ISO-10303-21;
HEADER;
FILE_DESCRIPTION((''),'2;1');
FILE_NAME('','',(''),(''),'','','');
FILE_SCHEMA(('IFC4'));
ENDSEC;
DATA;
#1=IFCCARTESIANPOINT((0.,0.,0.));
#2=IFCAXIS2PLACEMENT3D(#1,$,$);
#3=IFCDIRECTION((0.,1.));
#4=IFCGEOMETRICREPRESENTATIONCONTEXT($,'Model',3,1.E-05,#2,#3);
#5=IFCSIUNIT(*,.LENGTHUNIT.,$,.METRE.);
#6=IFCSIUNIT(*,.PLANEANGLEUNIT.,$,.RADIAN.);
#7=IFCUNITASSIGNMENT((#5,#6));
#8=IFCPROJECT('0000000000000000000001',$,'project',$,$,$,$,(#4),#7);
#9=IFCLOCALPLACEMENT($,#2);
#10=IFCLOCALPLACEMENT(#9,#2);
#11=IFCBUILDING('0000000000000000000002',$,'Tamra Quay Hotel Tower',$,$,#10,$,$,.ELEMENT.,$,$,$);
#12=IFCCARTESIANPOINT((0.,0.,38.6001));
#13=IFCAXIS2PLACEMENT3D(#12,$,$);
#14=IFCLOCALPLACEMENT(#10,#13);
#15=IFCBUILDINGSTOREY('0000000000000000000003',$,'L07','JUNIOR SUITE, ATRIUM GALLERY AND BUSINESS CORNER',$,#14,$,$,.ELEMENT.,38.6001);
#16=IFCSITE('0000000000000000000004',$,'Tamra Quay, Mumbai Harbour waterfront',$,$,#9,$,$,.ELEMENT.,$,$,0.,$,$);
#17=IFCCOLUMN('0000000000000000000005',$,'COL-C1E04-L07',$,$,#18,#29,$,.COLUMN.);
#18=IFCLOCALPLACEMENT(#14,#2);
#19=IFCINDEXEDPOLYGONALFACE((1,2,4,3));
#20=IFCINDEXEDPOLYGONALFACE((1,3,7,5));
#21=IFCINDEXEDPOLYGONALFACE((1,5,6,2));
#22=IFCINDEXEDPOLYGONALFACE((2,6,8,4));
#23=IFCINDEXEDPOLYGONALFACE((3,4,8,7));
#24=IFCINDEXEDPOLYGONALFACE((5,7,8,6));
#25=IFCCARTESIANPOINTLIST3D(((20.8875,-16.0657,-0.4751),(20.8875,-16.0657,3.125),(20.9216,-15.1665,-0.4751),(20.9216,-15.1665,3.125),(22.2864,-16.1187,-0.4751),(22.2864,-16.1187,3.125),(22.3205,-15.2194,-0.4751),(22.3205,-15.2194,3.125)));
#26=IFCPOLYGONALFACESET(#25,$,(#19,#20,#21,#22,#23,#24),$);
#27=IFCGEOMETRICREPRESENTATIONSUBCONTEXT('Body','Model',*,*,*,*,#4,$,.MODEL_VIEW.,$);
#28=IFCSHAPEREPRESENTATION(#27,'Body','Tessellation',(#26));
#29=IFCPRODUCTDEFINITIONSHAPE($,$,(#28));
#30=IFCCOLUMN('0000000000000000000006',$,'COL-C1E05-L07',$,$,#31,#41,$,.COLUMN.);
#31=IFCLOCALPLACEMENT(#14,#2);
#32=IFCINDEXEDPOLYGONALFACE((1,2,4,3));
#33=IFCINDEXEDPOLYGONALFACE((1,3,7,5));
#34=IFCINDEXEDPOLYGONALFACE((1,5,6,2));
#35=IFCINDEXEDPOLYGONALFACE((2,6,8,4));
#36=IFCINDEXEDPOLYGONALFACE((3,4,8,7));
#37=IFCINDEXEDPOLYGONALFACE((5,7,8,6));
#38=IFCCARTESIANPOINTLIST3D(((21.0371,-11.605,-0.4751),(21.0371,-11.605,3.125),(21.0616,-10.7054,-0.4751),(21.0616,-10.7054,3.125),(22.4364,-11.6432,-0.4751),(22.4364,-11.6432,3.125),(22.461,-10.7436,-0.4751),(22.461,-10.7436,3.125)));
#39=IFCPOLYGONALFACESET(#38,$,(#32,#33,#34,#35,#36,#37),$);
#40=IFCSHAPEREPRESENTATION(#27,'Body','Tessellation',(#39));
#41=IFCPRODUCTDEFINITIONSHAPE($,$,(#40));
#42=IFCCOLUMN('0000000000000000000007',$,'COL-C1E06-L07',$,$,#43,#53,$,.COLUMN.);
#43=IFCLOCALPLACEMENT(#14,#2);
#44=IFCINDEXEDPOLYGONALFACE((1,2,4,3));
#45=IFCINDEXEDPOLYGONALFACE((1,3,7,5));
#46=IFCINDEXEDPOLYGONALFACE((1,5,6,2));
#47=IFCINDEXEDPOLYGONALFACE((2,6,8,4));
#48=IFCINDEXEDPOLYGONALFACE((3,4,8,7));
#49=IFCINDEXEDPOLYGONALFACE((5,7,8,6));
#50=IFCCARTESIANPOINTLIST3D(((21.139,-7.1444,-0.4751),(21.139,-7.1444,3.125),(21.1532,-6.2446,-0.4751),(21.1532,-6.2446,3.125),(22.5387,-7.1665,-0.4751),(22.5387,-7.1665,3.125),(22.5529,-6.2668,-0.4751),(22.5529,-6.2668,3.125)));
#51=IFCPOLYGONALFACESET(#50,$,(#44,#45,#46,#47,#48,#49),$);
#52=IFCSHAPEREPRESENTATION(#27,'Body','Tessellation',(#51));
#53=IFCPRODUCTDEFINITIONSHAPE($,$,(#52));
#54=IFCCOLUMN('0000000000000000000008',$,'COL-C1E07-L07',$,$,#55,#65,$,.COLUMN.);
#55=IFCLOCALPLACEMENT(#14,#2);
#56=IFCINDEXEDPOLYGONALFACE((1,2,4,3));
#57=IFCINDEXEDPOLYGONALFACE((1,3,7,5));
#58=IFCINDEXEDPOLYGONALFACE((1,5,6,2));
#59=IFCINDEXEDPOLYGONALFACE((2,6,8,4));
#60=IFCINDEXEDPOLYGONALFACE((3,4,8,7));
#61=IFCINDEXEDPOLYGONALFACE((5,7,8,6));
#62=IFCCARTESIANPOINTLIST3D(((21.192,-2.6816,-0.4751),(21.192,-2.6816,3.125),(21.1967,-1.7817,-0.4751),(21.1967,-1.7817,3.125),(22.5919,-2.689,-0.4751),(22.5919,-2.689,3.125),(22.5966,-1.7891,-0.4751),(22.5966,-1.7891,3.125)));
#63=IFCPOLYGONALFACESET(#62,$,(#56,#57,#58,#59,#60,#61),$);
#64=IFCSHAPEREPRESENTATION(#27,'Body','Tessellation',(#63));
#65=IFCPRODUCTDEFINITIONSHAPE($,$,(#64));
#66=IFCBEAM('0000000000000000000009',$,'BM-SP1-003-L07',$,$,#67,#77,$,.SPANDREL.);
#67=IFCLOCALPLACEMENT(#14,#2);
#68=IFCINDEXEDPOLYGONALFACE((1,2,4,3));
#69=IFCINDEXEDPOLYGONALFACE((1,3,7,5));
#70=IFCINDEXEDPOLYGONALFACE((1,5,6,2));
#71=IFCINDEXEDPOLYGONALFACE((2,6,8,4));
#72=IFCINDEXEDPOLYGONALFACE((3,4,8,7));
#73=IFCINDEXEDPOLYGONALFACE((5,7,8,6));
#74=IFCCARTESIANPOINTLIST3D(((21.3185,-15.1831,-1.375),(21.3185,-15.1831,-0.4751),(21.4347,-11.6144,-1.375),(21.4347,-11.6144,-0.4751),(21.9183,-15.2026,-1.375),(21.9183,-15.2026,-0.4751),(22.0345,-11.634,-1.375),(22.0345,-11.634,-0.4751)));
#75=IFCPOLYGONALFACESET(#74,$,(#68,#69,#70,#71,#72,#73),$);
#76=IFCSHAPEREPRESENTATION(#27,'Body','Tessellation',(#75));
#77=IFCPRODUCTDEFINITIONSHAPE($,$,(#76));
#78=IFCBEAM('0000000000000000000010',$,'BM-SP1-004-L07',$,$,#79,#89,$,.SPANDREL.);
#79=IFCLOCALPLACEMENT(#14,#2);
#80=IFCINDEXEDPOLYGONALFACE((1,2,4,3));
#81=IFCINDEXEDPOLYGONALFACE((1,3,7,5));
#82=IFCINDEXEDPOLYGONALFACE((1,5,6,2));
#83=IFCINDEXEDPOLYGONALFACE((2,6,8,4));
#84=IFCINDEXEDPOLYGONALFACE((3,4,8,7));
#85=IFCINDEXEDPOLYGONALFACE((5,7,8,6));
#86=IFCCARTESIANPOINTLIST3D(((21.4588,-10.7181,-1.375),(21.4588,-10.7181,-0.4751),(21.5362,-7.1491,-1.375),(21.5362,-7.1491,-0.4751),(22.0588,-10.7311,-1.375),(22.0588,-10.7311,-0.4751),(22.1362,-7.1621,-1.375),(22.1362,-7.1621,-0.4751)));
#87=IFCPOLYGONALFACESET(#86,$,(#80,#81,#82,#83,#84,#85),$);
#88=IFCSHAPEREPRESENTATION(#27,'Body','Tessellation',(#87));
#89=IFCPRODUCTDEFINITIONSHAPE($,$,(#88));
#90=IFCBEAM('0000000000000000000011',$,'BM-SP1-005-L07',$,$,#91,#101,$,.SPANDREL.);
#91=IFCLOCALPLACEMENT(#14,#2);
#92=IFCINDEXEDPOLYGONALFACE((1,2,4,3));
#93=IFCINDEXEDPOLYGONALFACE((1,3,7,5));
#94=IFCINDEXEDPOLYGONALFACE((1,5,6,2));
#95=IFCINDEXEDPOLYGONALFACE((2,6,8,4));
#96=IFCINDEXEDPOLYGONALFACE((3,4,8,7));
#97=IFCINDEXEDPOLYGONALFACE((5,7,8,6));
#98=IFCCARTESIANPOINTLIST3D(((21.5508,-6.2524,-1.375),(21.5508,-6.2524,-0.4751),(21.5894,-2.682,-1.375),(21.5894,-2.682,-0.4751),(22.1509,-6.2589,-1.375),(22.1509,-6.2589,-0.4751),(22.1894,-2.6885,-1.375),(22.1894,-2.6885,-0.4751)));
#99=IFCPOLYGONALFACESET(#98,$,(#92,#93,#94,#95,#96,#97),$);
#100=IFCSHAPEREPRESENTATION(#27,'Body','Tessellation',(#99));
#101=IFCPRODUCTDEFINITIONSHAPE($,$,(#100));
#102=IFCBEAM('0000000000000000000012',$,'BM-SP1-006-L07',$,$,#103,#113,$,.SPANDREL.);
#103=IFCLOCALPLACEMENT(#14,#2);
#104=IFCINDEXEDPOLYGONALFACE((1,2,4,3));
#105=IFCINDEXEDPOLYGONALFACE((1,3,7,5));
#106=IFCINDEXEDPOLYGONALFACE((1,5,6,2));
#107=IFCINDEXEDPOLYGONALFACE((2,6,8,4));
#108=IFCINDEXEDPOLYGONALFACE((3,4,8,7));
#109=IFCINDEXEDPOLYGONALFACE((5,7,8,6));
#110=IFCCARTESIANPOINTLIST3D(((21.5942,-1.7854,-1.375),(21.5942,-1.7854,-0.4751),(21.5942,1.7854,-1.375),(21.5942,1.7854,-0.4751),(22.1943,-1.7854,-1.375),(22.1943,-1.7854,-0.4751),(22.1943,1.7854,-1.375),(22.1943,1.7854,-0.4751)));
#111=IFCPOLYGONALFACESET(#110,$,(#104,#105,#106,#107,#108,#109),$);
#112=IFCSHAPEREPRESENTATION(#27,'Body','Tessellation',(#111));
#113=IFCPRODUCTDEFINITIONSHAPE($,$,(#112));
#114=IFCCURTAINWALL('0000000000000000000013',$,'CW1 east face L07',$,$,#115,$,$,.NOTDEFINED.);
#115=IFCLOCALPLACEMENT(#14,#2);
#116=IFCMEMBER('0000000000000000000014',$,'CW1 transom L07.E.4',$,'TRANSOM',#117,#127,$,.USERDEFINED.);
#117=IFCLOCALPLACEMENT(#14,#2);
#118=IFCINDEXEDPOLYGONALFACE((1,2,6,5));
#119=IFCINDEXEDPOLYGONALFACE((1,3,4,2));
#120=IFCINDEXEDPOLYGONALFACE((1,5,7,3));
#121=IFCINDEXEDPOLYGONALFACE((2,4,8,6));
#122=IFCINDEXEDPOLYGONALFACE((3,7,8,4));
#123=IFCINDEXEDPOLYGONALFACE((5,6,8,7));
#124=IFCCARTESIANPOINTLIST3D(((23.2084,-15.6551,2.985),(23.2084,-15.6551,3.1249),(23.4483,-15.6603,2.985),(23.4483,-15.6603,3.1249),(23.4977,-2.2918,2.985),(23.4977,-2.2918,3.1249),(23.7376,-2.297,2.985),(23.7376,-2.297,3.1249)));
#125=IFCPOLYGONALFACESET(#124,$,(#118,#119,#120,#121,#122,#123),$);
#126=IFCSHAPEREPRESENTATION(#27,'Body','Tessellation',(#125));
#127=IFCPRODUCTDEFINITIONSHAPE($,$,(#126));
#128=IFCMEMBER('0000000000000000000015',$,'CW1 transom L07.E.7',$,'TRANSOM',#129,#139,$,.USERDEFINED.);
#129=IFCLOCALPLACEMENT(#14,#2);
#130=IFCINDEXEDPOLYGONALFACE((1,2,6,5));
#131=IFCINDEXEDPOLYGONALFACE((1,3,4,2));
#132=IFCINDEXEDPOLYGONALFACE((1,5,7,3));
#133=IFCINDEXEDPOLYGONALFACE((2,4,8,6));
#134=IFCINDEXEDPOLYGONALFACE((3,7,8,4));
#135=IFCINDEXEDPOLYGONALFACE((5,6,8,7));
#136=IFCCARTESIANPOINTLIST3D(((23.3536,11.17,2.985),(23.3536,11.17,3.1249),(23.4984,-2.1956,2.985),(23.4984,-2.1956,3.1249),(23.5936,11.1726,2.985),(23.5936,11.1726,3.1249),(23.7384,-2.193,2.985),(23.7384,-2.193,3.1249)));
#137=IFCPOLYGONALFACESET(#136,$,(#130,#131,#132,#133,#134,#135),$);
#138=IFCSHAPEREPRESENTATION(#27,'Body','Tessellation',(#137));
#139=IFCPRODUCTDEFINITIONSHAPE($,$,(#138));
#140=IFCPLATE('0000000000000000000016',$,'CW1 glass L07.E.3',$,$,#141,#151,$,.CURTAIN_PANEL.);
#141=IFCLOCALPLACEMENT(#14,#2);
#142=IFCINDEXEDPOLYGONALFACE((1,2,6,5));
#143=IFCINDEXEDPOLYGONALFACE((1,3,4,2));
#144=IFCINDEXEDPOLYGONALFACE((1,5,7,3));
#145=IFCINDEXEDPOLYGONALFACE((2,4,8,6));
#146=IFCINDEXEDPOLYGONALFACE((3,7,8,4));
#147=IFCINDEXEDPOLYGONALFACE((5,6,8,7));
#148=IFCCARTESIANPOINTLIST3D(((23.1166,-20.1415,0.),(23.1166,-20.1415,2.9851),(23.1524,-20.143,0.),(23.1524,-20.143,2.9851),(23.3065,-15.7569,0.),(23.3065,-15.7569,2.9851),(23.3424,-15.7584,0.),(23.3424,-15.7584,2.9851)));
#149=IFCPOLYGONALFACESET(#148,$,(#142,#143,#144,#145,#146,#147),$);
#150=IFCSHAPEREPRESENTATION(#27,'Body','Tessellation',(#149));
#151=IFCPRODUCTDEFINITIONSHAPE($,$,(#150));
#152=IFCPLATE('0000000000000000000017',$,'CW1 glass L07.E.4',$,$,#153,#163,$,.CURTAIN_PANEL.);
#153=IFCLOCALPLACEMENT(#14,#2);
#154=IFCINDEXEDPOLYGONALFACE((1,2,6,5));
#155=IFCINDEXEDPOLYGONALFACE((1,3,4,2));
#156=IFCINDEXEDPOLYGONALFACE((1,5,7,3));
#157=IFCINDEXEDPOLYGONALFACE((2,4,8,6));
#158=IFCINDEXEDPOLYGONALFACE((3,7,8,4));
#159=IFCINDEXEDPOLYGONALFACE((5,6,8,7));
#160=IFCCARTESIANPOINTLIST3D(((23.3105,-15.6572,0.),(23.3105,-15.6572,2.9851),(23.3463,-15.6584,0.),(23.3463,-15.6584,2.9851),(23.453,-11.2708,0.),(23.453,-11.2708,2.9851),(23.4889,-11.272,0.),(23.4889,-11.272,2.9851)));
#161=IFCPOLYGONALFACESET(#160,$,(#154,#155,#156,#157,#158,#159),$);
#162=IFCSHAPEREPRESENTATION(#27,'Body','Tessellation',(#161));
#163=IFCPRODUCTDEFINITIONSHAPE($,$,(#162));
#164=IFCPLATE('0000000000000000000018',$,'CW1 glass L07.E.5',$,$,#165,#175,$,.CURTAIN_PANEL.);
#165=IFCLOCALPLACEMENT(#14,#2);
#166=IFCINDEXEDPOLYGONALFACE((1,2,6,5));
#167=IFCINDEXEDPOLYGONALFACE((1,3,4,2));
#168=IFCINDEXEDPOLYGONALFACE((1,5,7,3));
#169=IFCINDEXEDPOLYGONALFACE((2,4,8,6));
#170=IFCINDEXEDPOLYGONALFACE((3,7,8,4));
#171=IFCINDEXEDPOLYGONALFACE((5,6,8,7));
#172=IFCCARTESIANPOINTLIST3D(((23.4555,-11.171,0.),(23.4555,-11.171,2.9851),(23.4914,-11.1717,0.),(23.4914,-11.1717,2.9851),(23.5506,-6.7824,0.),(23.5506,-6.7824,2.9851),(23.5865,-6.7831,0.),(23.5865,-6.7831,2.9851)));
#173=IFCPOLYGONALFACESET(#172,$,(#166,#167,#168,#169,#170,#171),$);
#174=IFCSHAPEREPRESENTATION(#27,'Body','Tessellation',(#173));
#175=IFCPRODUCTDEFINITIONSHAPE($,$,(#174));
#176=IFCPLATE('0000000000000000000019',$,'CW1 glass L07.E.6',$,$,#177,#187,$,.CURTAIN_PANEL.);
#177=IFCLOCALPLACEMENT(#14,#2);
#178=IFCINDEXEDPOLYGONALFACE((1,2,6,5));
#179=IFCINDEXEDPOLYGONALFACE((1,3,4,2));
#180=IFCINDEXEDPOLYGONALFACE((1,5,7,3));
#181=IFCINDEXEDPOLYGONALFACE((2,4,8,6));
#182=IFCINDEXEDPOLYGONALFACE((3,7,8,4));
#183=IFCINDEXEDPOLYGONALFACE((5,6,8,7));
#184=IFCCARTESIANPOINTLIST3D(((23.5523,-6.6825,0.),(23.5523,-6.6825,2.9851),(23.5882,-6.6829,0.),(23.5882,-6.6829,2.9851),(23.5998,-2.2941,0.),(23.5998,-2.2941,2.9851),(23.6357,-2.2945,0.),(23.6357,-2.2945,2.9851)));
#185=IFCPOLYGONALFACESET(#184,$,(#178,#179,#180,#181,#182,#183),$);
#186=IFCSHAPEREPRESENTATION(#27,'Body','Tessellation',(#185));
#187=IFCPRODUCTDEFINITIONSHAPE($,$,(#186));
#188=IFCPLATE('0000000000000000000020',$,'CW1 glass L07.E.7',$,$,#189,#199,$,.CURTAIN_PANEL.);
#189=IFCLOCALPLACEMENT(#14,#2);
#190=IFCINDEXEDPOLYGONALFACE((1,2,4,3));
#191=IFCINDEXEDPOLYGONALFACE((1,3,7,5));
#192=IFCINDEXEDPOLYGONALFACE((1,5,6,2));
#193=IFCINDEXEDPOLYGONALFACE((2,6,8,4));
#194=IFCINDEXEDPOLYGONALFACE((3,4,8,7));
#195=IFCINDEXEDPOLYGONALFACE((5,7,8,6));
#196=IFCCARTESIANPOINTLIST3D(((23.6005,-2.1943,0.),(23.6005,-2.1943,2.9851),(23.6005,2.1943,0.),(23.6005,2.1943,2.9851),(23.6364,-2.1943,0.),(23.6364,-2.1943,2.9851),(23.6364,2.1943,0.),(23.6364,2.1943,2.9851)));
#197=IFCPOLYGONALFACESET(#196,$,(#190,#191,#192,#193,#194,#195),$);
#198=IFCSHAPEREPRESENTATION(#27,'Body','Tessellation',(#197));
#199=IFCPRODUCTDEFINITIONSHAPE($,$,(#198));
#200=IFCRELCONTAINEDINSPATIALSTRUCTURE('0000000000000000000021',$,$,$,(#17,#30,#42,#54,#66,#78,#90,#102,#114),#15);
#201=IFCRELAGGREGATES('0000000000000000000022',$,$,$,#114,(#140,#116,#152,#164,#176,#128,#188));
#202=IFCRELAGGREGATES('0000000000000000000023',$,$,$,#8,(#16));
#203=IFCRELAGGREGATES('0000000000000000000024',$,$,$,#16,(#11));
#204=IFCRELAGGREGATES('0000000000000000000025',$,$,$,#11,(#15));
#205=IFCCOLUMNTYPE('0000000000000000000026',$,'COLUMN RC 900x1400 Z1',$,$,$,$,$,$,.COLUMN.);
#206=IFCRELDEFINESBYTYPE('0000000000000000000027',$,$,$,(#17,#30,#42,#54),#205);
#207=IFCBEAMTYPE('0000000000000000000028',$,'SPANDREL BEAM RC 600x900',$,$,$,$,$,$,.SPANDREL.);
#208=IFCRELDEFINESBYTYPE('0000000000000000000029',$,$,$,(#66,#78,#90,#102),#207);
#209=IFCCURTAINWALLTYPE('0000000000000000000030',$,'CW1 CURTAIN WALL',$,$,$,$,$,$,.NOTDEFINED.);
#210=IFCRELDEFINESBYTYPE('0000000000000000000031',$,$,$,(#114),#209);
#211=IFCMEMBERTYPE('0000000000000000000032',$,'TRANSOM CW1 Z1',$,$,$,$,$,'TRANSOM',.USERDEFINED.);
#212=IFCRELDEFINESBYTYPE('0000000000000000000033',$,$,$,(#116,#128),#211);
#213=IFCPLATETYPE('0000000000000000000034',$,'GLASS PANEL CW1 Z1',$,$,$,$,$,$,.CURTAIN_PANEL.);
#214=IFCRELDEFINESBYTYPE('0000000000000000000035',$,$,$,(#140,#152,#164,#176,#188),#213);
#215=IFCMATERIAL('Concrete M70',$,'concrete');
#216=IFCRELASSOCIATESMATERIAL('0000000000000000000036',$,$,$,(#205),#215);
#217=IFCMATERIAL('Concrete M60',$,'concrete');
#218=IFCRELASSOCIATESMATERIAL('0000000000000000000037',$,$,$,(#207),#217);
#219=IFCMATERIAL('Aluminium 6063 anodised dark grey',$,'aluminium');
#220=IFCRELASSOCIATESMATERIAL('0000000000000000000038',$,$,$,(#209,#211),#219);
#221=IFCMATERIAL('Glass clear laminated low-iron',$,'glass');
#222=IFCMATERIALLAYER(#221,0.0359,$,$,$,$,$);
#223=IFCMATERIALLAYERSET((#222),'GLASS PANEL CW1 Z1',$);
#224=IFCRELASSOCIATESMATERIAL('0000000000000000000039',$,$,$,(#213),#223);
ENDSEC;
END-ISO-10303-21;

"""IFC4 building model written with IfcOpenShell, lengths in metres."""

from ifc_helpers import new_model, si_unit, direction, frame, origin, origin_2d, place, context, subcontext, project, spatial, rectangle, extrude, material, layer, layer_set, material_profile, profile_set, type_object, element, aggregate, save


model = new_model("IFC4")

# Units and contexts
model_context = context("Model", 3, precision=1e-05, world=origin(), true_north=direction((0.0, 1.0)))
body_context = subcontext(model_context, "Body", "Model", "MODEL_VIEW")
ifc_project = project(units=[si_unit("LENGTHUNIT", "METRE"), si_unit("PLANEANGLEUNIT", "RADIAN")], contexts=[model_context])

# Site, building, storey
site_placement = place(None, origin())
site = spatial("IfcSite", under=ifc_project, at=site_placement, Name="Tamra Quay, Mumbai Harbour waterfront", CompositionType="ELEMENT", RefElevation=0.0)
building_placement = place(site_placement, origin())
building = spatial("IfcBuilding", under=site, at=building_placement, Name="Tamra Quay Hotel Tower", CompositionType="ELEMENT")
storey_placement = place(building_placement, frame((0.0, 0.0, 38.6001)))
storey = spatial("IfcBuildingStorey", under=building, at=storey_placement, Name="L07", Description="JUNIOR SUITE, ATRIUM GALLERY AND BUSINESS CORNER", CompositionType="ELEMENT", Elevation=38.6001)

# Columns
ifc_material_1 = material(Name="Concrete M70", Category="concrete")
ifc_material_profile_1 = material_profile(ifc_material_1, rectangle(XDim=1.3999, YDim=0.8999, at=origin_2d()), Name="COLUMN RC 900x1400 Z1")
ifc_profile_set_1 = profile_set([ifc_material_profile_1], Name="Concrete M70")
column_type = type_object("IfcColumnType", Name="COLUMN RC 900x1400 Z1", PredefinedType="COLUMN", material=ifc_profile_set_1)
for number, where, z_axis, x_axis, name in (
    (1, (21.604, -15.6426, -0.4751), (0.0, 0.0, 1.0), (-0.999285, 0.037812, 0.0), "COL-C1E04-L07"),
    (2, (21.749, -11.1743, -0.4751), (0.0, 0.0, 1.0), (-0.999628, 0.027269, 0.0), "COL-C1E05-L07"),
    (3, (21.8459, -6.7056, -0.4751), (0.0, 0.0, 1.0), (-0.999875, 0.015838, 0.0), "COL-C1E06-L07"),
    (4, (21.8943, -2.2354, -0.4751), (0.0, 0.0, 1.0), (-0.999986, 0.00528, 0.0), "COL-C1E07-L07"),
):
    element("IfcColumn", number, at=place(storey_placement, frame(where, z_axis=z_axis, x_axis=x_axis)), inside=storey, type_object=column_type, Name=name, PredefinedType="COLUMN", context=body_context, shape_type="SweptSolid", body=[
        extrude(rectangle(XDim=1.3999, YDim=0.8999, at=origin_2d()), origin(), (0.0, 0.0, 1.0), 3.6001),
    ])

# Beams
ifc_material_2 = material(Name="Concrete M60", Category="concrete")
ifc_material_profile_2 = material_profile(ifc_material_2, rectangle(XDim=0.6001, YDim=0.8999, at=origin_2d()), Name="SPANDREL BEAM RC 600x900")
ifc_profile_set_2 = profile_set([ifc_material_profile_2], Name="Concrete M60")
beam_type = type_object("IfcBeamType", Name="SPANDREL BEAM RC 600x900", PredefinedType="SPANDREL", material=ifc_profile_set_2)
beam_1_placement = place(storey_placement, frame((21.6184, -15.1929, -0.925), z_axis=(0.032548, 0.99947, 0.0), x_axis=(-0.99947, 0.032548, 0.0)))
element("IfcBeam", 5, at=beam_1_placement, inside=storey, type_object=beam_type, Name="BM-SP1-003-L07", PredefinedType="SPANDREL", context=body_context, shape_type="SweptSolid", body=[
    extrude(rectangle(XDim=0.6001, YDim=0.8999, at=origin_2d()), origin(), (0.0, 0.0, 1.0), 3.5706),
])
beam_2_placement = place(storey_placement, frame((21.7588, -10.7246, -0.925), z_axis=(0.021679, 0.999765, 0.0), x_axis=(-0.999765, 0.021679, 0.0)))
element("IfcBeam", 6, at=beam_2_placement, inside=storey, type_object=beam_type, Name="BM-SP1-004-L07", PredefinedType="SPANDREL", context=body_context, shape_type="SweptSolid", body=[
    extrude(rectangle(XDim=0.6001, YDim=0.8999, at=origin_2d()), origin(), (0.0, 0.0, 1.0), 3.5698),
])
beam_3_placement = place(storey_placement, frame((21.8508, -6.2556, -0.925), z_axis=(0.010804, 0.999942, 0.0), x_axis=(-0.999942, 0.010804, 0.0)))
element("IfcBeam", 7, at=beam_3_placement, inside=storey, type_object=beam_type, Name="BM-SP1-005-L07", PredefinedType="SPANDREL", context=body_context, shape_type="SweptSolid", body=[
    extrude(rectangle(XDim=0.6001, YDim=0.8999, at=origin_2d()), origin(), (0.0, 0.0, 1.0), 3.5706),
])
beam_4_placement = place(storey_placement, frame((21.8943, -1.7854, -0.925), z_axis=(0.0, 1.0, 0.0), x_axis=(-1.0, 0.0, 0.0)))
element("IfcBeam", 8, at=beam_4_placement, inside=storey, type_object=beam_type, Name="BM-SP1-006-L07", PredefinedType="SPANDREL", context=body_context, shape_type="SweptSolid", body=[
    extrude(rectangle(XDim=0.6001, YDim=0.8999, at=origin_2d()), origin(), (0.0, 0.0, 1.0), 3.5708),
])

# Curtain wall, members, plates
ifc_material_3 = material(Name="Aluminium 6063 anodised dark grey", Category="aluminium")
curtain_wall_type = type_object("IfcCurtainWallType", Name="CW1 CURTAIN WALL", PredefinedType="NOTDEFINED", material=ifc_material_3)
curtain_wall_placement = place(storey_placement, origin())
curtain_wall = element("IfcCurtainWall", 9, at=curtain_wall_placement, inside=storey, type_object=curtain_wall_type, Name="CW1 east face L07", PredefinedType="NOTDEFINED")
ifc_material_profile_3 = material_profile(ifc_material_3, rectangle(XDim=0.24, YDim=0.1399, at=origin_2d()), Name="TRANSOM 240X140")
ifc_profile_set_3 = profile_set([ifc_material_profile_3], Name="Aluminium 6063 anodised dark grey")
member_type = type_object("IfcMemberType", Name="TRANSOM CW1 Z1", ElementType="TRANSOM", PredefinedType="USERDEFINED", material=ifc_profile_set_3)
member_1_placement = place(storey_placement, frame((23.3284, -15.6577, 3.0549), z_axis=(0.021644, 0.999766, 0.0), x_axis=(-0.999766, 0.021644, 0.0)))
member_1 = element("IfcMember", 10, at=member_1_placement, type_object=member_type, Name="CW1 transom L07.E.4", ObjectType="TRANSOM", PredefinedType="USERDEFINED", context=body_context, shape_type="SweptSolid", body=[
    extrude(rectangle(XDim=0.24, YDim=0.1399, at=origin_2d()), origin(), (0.0, 0.0, 1.0), 13.3665),
])
member_2_placement = place(storey_placement, frame((23.6184, -2.1943, 3.0549), z_axis=(-0.010831, 0.999941, 0.0), x_axis=(-0.999941, -0.010831, 0.0)))
member_2 = element("IfcMember", 11, at=member_2_placement, type_object=member_type, Name="CW1 transom L07.E.7", ObjectType="TRANSOM", PredefinedType="USERDEFINED", context=body_context, shape_type="SweptSolid", body=[
    extrude(rectangle(XDim=0.24, YDim=0.1399, at=origin_2d()), origin(), (0.0, 0.0, 1.0), 13.3665),
])
ifc_material_4 = material(Name="Glass clear laminated low-iron", Category="glass")
ifc_layer_1 = layer(ifc_material_4, 0.0359)
ifc_layer_set_1 = layer_set([ifc_layer_1], Name="GLASS PANEL CW1 Z1")
plate_type = type_object("IfcPlateType", Name="GLASS PANEL CW1 Z1", PredefinedType="CURTAIN_PANEL", material=ifc_layer_set_1)
plate_1_placement = place(storey_placement, frame((23.2295, -17.95, 0.0), z_axis=(0.0, 0.0, 1.0), x_axis=(0.043286, 0.999063, 0.0)))
plate_1 = element("IfcPlate", 12, at=plate_1_placement, type_object=plate_type, Name="CW1 glass L07.E.3", PredefinedType="CURTAIN_PANEL", context=body_context, shape_type="SweptSolid", body=[
    extrude(rectangle(XDim=4.3887, YDim=0.0359, at=origin_2d()), origin(), (0.0, 0.0, 1.0), 2.9851),
])
plate_2_placement = place(storey_placement, frame((23.3997, -13.4646, 0.0), z_axis=(0.0, 0.0, 1.0), x_axis=(0.032475, 0.999473, 0.0)))
plate_2 = element("IfcPlate", 13, at=plate_2_placement, type_object=plate_type, Name="CW1 glass L07.E.4", PredefinedType="CURTAIN_PANEL", context=body_context, shape_type="SweptSolid", body=[
    extrude(rectangle(XDim=4.3887, YDim=0.0359, at=origin_2d()), origin(), (0.0, 0.0, 1.0), 2.9851),
])
plate_3_placement = place(storey_placement, frame((23.521, -8.9771, 0.0), z_axis=(0.0, 0.0, 1.0), x_axis=(0.021658, 0.999765, 0.0)))
plate_3 = element("IfcPlate", 14, at=plate_3_placement, type_object=plate_type, Name="CW1 glass L07.E.5", PredefinedType="CURTAIN_PANEL", context=body_context, shape_type="SweptSolid", body=[
    extrude(rectangle(XDim=4.3896, YDim=0.0359, at=origin_2d()), origin(), (0.0, 0.0, 1.0), 2.9851),
])
plate_4_placement = place(storey_placement, frame((23.594, -4.4885, 0.0), z_axis=(0.0, 0.0, 1.0), x_axis=(0.010836, 0.999941, 0.0)))
plate_4 = element("IfcPlate", 15, at=plate_4_placement, type_object=plate_type, Name="CW1 glass L07.E.6", PredefinedType="CURTAIN_PANEL", context=body_context, shape_type="SweptSolid", body=[
    extrude(rectangle(XDim=4.3887, YDim=0.0359, at=origin_2d()), origin(), (0.0, 0.0, 1.0), 2.9851),
])
plate_5_placement = place(storey_placement, frame((23.6184, 0.0, 0.0), z_axis=(0.0, 0.0, 1.0), x_axis=(0.0, 1.0, 0.0)))
plate_5 = element("IfcPlate", 16, at=plate_5_placement, type_object=plate_type, Name="CW1 glass L07.E.7", PredefinedType="CURTAIN_PANEL", context=body_context, shape_type="SweptSolid", body=[
    extrude(rectangle(XDim=4.3887, YDim=0.0359, at=origin_2d()), origin(), (0.0, 0.0, 1.0), 2.9851),
])
aggregate(curtain_wall, [plate_1, member_1, plate_2, plate_3, plate_4, member_2, plate_5])

save(model, "model.ifc")
